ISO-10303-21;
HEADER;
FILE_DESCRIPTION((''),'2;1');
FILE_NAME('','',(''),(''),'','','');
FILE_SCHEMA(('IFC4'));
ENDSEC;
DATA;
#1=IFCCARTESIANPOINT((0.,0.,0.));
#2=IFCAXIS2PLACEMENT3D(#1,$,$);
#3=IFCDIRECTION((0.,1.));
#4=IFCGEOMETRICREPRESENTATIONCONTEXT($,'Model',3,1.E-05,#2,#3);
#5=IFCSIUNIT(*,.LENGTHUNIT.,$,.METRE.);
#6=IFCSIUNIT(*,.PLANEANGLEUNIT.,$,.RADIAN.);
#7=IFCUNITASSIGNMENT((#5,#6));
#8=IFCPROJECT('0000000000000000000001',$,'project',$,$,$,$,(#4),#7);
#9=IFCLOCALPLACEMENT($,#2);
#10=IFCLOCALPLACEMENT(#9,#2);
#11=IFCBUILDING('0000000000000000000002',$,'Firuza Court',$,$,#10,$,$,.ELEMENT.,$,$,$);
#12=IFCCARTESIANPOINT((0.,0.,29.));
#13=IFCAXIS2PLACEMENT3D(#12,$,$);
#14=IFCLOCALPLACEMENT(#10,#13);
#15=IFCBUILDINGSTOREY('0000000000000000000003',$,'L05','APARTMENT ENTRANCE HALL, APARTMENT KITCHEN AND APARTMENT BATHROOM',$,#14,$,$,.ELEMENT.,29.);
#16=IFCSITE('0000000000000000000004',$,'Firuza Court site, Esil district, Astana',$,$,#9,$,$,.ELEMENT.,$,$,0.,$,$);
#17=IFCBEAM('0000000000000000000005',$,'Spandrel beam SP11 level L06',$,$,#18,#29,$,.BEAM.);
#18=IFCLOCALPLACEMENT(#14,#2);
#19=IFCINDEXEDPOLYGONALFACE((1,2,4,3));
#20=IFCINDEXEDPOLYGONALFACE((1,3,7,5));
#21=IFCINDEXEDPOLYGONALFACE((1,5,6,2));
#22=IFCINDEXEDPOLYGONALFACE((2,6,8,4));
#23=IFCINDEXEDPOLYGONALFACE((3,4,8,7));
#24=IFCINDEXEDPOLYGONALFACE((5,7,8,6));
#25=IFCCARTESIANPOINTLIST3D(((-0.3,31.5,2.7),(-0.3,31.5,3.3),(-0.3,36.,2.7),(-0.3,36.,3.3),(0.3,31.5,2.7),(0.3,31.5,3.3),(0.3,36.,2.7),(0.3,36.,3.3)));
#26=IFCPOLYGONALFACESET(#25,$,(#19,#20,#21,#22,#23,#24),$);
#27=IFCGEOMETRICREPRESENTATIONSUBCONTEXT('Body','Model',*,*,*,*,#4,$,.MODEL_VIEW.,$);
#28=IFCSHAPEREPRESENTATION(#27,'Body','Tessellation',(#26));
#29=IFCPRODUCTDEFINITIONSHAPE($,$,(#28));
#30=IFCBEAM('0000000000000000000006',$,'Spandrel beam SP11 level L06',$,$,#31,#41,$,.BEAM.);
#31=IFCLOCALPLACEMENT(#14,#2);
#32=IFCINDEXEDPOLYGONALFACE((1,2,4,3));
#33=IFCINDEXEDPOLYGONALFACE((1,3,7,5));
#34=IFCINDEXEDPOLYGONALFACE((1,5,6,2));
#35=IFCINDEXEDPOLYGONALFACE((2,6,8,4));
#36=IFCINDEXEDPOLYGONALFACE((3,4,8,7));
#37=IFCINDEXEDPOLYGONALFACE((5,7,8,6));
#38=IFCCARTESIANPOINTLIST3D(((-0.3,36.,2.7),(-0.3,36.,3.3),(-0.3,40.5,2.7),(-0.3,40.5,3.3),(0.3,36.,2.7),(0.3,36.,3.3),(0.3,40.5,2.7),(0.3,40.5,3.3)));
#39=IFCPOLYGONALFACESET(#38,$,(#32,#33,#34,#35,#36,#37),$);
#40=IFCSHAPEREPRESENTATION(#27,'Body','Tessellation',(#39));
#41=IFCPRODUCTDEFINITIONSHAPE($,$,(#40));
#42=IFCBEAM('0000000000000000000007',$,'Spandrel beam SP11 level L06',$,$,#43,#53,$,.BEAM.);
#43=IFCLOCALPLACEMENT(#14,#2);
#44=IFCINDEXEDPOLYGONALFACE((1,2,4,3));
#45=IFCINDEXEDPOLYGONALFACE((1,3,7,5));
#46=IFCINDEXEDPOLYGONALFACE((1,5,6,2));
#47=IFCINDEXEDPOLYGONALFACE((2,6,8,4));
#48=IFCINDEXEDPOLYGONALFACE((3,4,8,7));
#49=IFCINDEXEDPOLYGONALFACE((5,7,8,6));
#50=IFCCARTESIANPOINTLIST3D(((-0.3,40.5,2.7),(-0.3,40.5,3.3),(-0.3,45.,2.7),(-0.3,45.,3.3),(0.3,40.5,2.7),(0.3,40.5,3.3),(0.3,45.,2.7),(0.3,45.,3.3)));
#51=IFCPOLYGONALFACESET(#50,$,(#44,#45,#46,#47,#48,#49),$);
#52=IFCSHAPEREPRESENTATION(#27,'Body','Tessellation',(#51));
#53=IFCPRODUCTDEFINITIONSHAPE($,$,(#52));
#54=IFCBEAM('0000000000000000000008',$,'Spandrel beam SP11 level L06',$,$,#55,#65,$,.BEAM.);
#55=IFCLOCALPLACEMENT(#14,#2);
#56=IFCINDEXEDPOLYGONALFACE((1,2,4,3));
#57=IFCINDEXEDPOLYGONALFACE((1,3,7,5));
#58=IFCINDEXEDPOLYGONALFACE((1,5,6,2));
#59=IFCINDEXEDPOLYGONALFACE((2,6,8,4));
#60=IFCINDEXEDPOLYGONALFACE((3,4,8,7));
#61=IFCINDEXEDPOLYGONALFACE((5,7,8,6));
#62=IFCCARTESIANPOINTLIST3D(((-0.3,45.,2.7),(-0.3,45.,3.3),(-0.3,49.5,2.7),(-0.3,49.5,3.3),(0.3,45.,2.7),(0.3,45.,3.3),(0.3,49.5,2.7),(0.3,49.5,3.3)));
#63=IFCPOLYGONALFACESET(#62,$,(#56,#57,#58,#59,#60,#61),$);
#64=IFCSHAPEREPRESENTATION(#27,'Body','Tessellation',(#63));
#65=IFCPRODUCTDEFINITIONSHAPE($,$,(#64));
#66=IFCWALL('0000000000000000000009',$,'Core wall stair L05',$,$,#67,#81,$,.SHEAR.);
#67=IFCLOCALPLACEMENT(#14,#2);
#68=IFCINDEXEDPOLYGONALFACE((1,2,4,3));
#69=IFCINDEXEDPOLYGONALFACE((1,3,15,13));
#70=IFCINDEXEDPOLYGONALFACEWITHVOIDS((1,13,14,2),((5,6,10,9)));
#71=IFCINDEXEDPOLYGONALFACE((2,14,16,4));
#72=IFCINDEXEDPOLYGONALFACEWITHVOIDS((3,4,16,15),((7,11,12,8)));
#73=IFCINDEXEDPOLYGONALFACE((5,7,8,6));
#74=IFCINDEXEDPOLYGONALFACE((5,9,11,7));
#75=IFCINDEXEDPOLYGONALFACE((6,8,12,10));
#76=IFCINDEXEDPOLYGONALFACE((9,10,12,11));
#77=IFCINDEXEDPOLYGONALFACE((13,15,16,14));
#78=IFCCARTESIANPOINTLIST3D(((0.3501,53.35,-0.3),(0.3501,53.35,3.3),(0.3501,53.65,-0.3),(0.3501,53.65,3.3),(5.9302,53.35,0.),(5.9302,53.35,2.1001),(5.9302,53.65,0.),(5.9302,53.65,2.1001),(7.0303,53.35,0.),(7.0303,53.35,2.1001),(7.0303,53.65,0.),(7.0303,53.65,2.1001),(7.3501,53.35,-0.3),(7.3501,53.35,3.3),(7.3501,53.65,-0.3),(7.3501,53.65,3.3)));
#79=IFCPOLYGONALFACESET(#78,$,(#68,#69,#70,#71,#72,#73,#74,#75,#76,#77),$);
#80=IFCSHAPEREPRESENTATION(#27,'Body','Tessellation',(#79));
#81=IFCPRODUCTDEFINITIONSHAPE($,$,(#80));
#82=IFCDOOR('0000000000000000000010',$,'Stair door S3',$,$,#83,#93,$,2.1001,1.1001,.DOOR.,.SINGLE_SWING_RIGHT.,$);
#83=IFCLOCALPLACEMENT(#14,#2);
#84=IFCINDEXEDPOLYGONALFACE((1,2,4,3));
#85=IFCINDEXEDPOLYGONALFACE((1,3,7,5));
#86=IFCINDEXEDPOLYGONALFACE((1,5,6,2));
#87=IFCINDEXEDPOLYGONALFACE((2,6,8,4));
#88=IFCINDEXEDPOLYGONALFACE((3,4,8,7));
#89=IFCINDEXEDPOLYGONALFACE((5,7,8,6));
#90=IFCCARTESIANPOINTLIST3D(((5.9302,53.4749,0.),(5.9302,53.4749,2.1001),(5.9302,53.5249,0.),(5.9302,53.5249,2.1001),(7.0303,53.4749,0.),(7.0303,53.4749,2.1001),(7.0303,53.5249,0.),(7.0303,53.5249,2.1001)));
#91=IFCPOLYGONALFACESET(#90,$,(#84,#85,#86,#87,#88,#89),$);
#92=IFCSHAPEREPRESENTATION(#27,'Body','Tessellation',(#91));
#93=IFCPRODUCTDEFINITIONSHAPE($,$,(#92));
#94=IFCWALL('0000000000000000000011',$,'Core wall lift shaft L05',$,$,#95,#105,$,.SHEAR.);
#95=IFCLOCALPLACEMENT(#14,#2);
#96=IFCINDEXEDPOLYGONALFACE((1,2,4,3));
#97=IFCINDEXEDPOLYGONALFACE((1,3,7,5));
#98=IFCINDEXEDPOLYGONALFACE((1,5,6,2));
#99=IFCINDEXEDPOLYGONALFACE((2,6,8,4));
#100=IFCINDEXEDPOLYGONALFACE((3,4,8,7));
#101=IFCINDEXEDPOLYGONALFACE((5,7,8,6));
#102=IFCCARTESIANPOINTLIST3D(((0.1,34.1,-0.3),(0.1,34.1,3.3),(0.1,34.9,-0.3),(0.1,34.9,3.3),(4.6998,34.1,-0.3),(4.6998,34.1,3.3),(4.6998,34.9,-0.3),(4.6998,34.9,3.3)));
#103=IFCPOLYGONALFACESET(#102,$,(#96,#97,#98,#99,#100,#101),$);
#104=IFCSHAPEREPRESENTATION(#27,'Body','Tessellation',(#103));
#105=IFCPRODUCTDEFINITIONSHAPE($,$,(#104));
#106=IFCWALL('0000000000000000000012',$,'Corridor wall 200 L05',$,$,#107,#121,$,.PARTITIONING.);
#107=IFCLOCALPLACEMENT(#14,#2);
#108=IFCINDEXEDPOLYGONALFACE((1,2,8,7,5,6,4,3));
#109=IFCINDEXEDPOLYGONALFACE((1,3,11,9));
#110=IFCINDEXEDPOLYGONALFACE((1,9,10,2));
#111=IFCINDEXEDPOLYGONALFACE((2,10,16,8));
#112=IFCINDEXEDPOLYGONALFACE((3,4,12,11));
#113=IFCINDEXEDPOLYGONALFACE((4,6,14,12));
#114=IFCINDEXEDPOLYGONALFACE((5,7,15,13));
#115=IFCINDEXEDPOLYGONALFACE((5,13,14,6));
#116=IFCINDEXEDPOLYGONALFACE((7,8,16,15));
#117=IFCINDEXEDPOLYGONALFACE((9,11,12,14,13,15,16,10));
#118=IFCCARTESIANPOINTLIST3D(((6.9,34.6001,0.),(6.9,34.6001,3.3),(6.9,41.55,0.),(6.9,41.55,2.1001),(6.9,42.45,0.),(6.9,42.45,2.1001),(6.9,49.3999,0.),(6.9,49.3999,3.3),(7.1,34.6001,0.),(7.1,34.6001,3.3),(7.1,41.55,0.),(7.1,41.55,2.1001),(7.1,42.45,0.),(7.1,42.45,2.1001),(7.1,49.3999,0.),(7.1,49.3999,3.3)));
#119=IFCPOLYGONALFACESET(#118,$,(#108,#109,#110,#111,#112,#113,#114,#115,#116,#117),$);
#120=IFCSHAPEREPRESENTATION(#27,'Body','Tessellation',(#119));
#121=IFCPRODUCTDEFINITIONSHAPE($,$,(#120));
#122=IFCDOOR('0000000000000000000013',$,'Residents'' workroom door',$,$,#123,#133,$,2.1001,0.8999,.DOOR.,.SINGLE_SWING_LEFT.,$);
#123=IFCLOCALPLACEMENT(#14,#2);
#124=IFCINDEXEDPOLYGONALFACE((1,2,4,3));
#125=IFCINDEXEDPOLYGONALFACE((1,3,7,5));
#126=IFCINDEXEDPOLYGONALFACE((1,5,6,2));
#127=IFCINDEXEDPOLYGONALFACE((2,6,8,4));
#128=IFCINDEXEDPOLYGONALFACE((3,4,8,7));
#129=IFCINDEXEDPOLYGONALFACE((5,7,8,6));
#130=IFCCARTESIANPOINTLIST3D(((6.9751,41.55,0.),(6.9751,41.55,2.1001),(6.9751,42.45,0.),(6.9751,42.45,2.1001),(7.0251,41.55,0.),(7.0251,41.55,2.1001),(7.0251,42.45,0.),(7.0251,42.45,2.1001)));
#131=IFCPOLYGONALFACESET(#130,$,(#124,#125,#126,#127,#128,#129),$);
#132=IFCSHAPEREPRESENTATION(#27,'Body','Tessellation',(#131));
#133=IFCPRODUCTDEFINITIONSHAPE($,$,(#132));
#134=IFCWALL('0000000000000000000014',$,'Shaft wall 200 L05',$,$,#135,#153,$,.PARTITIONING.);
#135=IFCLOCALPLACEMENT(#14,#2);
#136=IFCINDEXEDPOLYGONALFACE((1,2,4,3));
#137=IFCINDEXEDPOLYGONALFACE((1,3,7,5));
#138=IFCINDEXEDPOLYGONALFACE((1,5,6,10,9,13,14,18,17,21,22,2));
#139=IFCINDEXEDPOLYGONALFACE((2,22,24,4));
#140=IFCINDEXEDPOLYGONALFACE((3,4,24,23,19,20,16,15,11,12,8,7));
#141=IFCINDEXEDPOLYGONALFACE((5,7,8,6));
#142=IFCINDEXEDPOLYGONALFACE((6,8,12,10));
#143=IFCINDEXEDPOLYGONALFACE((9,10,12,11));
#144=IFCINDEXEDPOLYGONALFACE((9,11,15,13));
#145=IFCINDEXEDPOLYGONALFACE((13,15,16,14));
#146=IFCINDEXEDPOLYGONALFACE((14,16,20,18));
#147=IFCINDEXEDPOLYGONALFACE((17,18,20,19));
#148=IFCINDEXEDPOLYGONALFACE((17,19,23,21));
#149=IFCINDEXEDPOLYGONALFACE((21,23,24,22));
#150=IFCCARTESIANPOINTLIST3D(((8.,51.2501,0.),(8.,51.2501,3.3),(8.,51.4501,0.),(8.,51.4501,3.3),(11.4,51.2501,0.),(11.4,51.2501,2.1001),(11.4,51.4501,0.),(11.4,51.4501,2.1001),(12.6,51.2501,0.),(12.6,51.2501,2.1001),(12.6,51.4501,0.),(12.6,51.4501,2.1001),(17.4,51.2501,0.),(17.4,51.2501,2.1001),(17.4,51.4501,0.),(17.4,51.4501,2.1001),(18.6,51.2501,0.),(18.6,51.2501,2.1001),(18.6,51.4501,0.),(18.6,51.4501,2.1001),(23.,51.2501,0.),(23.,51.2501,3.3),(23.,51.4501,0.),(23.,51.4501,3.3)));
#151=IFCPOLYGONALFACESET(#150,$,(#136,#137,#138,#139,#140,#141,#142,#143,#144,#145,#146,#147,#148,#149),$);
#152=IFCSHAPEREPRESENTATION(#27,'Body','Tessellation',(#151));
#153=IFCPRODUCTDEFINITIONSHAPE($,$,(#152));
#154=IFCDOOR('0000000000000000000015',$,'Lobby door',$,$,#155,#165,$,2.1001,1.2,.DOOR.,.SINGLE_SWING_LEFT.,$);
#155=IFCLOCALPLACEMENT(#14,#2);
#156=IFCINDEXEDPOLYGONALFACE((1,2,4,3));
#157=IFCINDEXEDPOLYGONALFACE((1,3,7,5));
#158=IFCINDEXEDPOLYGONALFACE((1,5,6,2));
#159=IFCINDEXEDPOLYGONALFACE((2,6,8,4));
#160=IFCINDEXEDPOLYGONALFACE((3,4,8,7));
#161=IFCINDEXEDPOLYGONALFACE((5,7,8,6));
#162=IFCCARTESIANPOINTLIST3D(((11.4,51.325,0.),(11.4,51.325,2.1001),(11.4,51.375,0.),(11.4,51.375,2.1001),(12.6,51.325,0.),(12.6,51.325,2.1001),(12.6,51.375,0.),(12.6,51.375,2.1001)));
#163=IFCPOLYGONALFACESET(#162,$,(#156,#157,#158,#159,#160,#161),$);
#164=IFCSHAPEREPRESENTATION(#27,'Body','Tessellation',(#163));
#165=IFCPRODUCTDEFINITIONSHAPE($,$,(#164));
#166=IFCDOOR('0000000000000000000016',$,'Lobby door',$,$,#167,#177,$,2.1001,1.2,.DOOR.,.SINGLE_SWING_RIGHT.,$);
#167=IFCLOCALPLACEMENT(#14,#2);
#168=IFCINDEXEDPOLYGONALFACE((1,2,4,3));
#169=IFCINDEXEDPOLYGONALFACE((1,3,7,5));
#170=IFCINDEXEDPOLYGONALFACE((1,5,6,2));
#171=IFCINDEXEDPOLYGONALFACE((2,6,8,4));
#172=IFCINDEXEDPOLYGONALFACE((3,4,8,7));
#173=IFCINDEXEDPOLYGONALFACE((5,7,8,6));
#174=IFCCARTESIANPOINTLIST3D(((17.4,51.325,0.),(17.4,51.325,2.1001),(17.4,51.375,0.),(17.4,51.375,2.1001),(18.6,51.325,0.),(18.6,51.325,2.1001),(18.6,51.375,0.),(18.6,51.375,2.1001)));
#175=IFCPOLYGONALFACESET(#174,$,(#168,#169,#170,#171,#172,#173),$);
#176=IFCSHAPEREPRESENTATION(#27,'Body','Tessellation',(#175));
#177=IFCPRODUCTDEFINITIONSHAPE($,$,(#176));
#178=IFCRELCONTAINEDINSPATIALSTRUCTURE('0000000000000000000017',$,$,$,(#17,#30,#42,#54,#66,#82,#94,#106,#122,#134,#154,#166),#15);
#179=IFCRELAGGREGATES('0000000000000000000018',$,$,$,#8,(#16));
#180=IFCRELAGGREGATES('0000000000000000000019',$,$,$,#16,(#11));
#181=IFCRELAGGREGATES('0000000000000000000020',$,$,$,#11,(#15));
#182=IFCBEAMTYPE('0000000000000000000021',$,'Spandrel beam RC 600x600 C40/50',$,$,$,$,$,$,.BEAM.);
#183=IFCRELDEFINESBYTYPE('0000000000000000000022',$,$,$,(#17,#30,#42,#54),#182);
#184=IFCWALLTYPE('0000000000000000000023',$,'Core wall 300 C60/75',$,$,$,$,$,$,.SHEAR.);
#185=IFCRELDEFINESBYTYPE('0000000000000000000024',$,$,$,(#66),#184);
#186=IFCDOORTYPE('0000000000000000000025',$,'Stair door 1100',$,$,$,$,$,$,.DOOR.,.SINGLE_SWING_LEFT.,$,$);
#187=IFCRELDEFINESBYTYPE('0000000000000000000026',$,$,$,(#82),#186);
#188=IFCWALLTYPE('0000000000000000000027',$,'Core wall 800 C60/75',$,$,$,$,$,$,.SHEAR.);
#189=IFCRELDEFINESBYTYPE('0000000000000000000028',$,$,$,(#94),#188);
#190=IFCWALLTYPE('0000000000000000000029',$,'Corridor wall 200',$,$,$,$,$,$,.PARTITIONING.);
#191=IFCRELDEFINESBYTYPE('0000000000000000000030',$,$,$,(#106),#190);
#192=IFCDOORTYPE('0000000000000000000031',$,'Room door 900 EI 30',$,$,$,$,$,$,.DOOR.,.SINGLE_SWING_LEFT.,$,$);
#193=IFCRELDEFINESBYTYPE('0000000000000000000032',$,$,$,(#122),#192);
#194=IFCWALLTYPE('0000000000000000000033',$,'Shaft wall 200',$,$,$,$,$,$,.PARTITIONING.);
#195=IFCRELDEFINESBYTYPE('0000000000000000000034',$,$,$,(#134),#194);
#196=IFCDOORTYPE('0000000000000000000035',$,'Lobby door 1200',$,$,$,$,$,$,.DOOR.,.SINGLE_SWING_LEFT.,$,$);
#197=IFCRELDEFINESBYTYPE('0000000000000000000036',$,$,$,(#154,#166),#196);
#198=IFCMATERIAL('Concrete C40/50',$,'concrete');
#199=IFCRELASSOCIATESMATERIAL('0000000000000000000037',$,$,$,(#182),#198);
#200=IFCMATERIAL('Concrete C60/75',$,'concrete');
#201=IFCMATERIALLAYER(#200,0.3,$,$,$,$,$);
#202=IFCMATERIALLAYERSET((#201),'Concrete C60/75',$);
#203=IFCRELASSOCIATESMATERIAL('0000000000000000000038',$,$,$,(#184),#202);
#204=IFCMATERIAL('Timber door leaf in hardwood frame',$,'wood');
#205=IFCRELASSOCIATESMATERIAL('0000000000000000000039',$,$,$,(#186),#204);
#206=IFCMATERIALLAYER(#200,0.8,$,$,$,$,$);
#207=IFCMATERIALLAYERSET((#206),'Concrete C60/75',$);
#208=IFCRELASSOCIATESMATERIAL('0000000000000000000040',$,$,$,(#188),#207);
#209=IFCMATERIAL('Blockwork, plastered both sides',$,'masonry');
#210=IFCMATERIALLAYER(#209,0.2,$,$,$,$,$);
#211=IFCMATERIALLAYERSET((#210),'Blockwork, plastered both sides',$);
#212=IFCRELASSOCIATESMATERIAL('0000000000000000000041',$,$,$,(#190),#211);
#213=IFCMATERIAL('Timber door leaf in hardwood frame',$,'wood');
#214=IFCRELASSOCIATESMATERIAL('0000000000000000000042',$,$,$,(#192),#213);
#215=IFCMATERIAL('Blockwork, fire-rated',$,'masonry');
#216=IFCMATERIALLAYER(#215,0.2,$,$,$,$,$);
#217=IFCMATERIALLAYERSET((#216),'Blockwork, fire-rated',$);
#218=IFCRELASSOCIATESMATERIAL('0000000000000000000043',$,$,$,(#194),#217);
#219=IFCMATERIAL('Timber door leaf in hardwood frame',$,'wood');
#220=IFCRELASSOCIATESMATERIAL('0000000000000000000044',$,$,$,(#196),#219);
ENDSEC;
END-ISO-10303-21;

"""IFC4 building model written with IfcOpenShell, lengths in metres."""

from ifc_helpers import new_model, si_unit, direction, frame, frame_2d, origin, origin_2d, place, context, subcontext, project, spatial, rectangle, extrude, material, layer, layer_set, material_profile, profile_set, type_object, element, fill, save


model = new_model("IFC4")

# Units and contexts
model_context = context("Model", 3, precision=1e-05, world=origin(), true_north=direction((0.0, 1.0)))
body_context = subcontext(model_context, "Body", "Model", "MODEL_VIEW")
ifc_project = project(units=[si_unit("LENGTHUNIT", "METRE"), si_unit("PLANEANGLEUNIT", "RADIAN")], contexts=[model_context])

# Site, building, storey
site_placement = place(None, origin())
site = spatial("IfcSite", under=ifc_project, at=site_placement, Name="Firuza Court site, Esil district, Astana", CompositionType="ELEMENT", RefElevation=0.0)
building_placement = place(site_placement, origin())
building = spatial("IfcBuilding", under=site, at=building_placement, Name="Firuza Court", CompositionType="ELEMENT")
storey_placement = place(building_placement, frame((0.0, 0.0, 29.0)))
storey = spatial("IfcBuildingStorey", under=building, at=storey_placement, Name="L05", Description="APARTMENT ENTRANCE HALL, APARTMENT KITCHEN AND APARTMENT BATHROOM", CompositionType="ELEMENT", Elevation=29.0)

# Beams
ifc_material_1 = material(Name="Concrete C40/50", Category="concrete")
ifc_material_profile_1 = material_profile(ifc_material_1, rectangle(XDim=0.6001, YDim=0.6001, at=origin_2d()), Name="RC 600x600")
ifc_profile_set_1 = profile_set([ifc_material_profile_1], Name="Concrete C40/50")
beam_type_1 = type_object("IfcBeamType", Name="Spandrel beam RC 600x600 C40/50", PredefinedType="BEAM", material=ifc_profile_set_1)
for number, where, z_axis, x_axis, name in (
    (1, (0.0, 36.0, 3.0), (0.0, -1.0, 0.0), (1.0, 0.0, 0.0), "Spandrel beam SP11 level L06"),
    (2, (0.0, 40.5, 3.0), (0.0, -1.0, 0.0), (1.0, 0.0, 0.0), "Spandrel beam SP11 level L06"),
    (3, (0.0, 45.0, 3.0), (0.0, -1.0, 0.0), (1.0, 0.0, 0.0), "Spandrel beam SP11 level L06"),
    (4, (0.0, 49.5, 3.0), (0.0, -1.0, 0.0), (1.0, 0.0, 0.0), "Spandrel beam SP11 level L06"),
):
    element("IfcBeam", number, at=place(storey_placement, frame(where, z_axis=z_axis, x_axis=x_axis)), inside=storey, type_object=beam_type_1, Name=name, PredefinedType="BEAM", context=body_context, shape_type="SweptSolid", body=[
        extrude(rectangle(XDim=0.6001, YDim=0.6001, at=origin_2d()), origin(), (0.0, 0.0, 1.0), 4.5),
    ])

# Wall, opening, door
ifc_material_2 = material(Name="Concrete C60/75", Category="concrete")
ifc_layer_1 = layer(ifc_material_2, 0.3)
ifc_layer_set_1 = layer_set([ifc_layer_1], Name="Concrete C60/75")
wall_type_1 = type_object("IfcWallType", Name="Core wall 300 C60/75", PredefinedType="SHEAR", material=ifc_layer_set_1)
wall_1_placement = place(storey_placement, frame((0.3501, 53.5, -0.3), z_axis=(0.0, 0.0, 1.0), x_axis=(1.0, 0.0, 0.0)))
wall_1 = element("IfcWall", 5, at=wall_1_placement, inside=storey, type_object=wall_type_1, Name="Core wall stair L05", PredefinedType="SHEAR", context=body_context, shape_type="SweptSolid", body=[
    extrude(rectangle(XDim=7.0, YDim=0.3, at=frame_2d((3.5, 0.0))), origin(), (0.0, 0.0, 1.0), 3.6001),
])
opening_1_placement = place(wall_1_placement, frame((5.5801, 0.0, 0.3)))
opening_1 = element("IfcOpeningElement", 6, at=opening_1_placement, cuts=wall_1, PredefinedType="OPENING", context=body_context, shape_type="SweptSolid", body=[
    extrude(rectangle(XDim=1.1001, YDim=2.1001, at=frame_2d((0.55, 1.05))), frame((0.0, 0.1621, 0.0), z_axis=(0.0, -1.0, 0.0), x_axis=(1.0, 0.0, 0.0)), (0.0, 0.0, 1.0), 0.324),
])
ifc_material_3 = material(Name="Timber door leaf in hardwood frame", Category="wood")
door_type_1 = type_object("IfcDoorType", Name="Stair door 1100", OperationType="SINGLE_SWING_LEFT", PredefinedType="DOOR", material=ifc_material_3)
door_1_placement = place(opening_1_placement, origin())
door_1 = element("IfcDoor", 7, at=door_1_placement, inside=storey, type_object=door_type_1, Name="Stair door S3", OperationType="SINGLE_SWING_RIGHT", OverallHeight=2.1001, OverallWidth=1.1001, PredefinedType="DOOR", context=body_context, shape_type="SweptSolid", body=[
    extrude(rectangle(XDim=1.1001, YDim=2.1001, at=frame_2d((0.55, 1.05))), frame((0.0, 0.0249, 0.0), z_axis=(0.0, -1.0, 0.0), x_axis=(1.0, 0.0, 0.0)), (0.0, 0.0, 1.0), 0.05),
])
fill(opening_1, door_1)

# Wall
ifc_layer_2 = layer(ifc_material_2, 0.8)
ifc_layer_set_2 = layer_set([ifc_layer_2], Name="Concrete C60/75")
wall_type_2 = type_object("IfcWallType", Name="Core wall 800 C60/75", PredefinedType="SHEAR", material=ifc_layer_set_2)
wall_2_placement = place(storey_placement, frame((0.1001, 34.5, -0.3), z_axis=(0.0, 0.0, 1.0), x_axis=(1.0, 0.0, 0.0)))
element("IfcWall", 8, at=wall_2_placement, inside=storey, type_object=wall_type_2, Name="Core wall lift shaft L05", PredefinedType="SHEAR", context=body_context, shape_type="SweptSolid", body=[
    extrude(rectangle(XDim=4.5999, YDim=0.8, at=frame_2d((2.2998, 0.0))), origin(), (0.0, 0.0, 1.0), 3.6001),
])

# Wall, opening, door
ifc_material_4 = material(Name="Blockwork, plastered both sides", Category="masonry")
ifc_layer_3 = layer(ifc_material_4, 0.2)
ifc_layer_set_3 = layer_set([ifc_layer_3], Name="Blockwork, plastered both sides")
wall_type_3 = type_object("IfcWallType", Name="Corridor wall 200", PredefinedType="PARTITIONING", material=ifc_layer_set_3)
wall_3_placement = place(storey_placement, frame((7.0, 34.6001, 0.0), z_axis=(0.0, 0.0, 1.0), x_axis=(0.0, 1.0, 0.0)))
wall_3 = element("IfcWall", 9, at=wall_3_placement, inside=storey, type_object=wall_type_3, Name="Corridor wall 200 L05", PredefinedType="PARTITIONING", context=body_context, shape_type="SweptSolid", body=[
    extrude(rectangle(XDim=14.7998, YDim=0.2, at=frame_2d((7.3999, 0.0))), origin(), (0.0, 0.0, 1.0), 3.3),
])
opening_2_placement = place(wall_3_placement, frame((6.95, 0.0, 0.0)))
opening_2 = element("IfcOpeningElement", 10, at=opening_2_placement, cuts=wall_3, PredefinedType="OPENING", context=body_context, shape_type="SweptSolid", body=[
    extrude(rectangle(XDim=0.8999, YDim=2.1001, at=frame_2d((0.45, 1.05))), frame((0.0, 0.1118, 0.0), z_axis=(0.0, -1.0, 0.0), x_axis=(1.0, 0.0, 0.0)), (0.0, 0.0, 1.0), 0.2239),
])
ifc_material_5 = material(Name="Timber door leaf in hardwood frame", Category="wood")
door_type_2 = type_object("IfcDoorType", Name="Room door 900 EI 30", OperationType="SINGLE_SWING_LEFT", PredefinedType="DOOR", material=ifc_material_5)
door_2_placement = place(opening_2_placement, origin())
door_2 = element("IfcDoor", 11, at=door_2_placement, inside=storey, type_object=door_type_2, Name="Residents' workroom door", OperationType="SINGLE_SWING_LEFT", OverallHeight=2.1001, OverallWidth=0.8999, PredefinedType="DOOR", context=body_context, shape_type="SweptSolid", body=[
    extrude(rectangle(XDim=0.8999, YDim=2.1001, at=frame_2d((0.45, 1.05))), frame((0.0, 0.0249, 0.0), z_axis=(0.0, -1.0, 0.0), x_axis=(1.0, 0.0, 0.0)), (0.0, 0.0, 1.0), 0.05),
])
fill(opening_2, door_2)

# Wall, openings, doors
ifc_material_6 = material(Name="Blockwork, fire-rated", Category="masonry")
ifc_layer_4 = layer(ifc_material_6, 0.2)
ifc_layer_set_4 = layer_set([ifc_layer_4], Name="Blockwork, fire-rated")
wall_type_4 = type_object("IfcWallType", Name="Shaft wall 200", PredefinedType="PARTITIONING", material=ifc_layer_set_4)
wall_4_placement = place(storey_placement, frame((8.0, 51.3501, 0.0), z_axis=(0.0, 0.0, 1.0), x_axis=(1.0, 0.0, 0.0)))
wall_4 = element("IfcWall", 12, at=wall_4_placement, inside=storey, type_object=wall_type_4, Name="Shaft wall 200 L05", PredefinedType="PARTITIONING", context=body_context, shape_type="SweptSolid", body=[
    extrude(rectangle(XDim=15.0, YDim=0.2, at=frame_2d((7.5, 0.0))), origin(), (0.0, 0.0, 1.0), 3.3),
])
opening_3_placement = place(wall_4_placement, frame((3.3999, 0.0, 0.0)))
opening_3 = element("IfcOpeningElement", 13, at=opening_3_placement, cuts=wall_4, PredefinedType="OPENING", context=body_context, shape_type="SweptSolid", body=[
    extrude(rectangle(XDim=1.2, YDim=2.1001, at=frame_2d((0.6001, 1.05))), frame((0.0, 0.1118, 0.0), z_axis=(0.0, -1.0, 0.0), x_axis=(1.0, 0.0, 0.0)), (0.0, 0.0, 1.0), 0.2239),
])
opening_4_placement = place(wall_4_placement, frame((9.3999, 0.0, 0.0)))
opening_4 = element("IfcOpeningElement", 14, at=opening_4_placement, cuts=wall_4, PredefinedType="OPENING", context=body_context, shape_type="SweptSolid", body=[
    extrude(rectangle(XDim=1.2, YDim=2.1001, at=frame_2d((0.6001, 1.05))), frame((0.0, 0.1118, 0.0), z_axis=(0.0, -1.0, 0.0), x_axis=(1.0, 0.0, 0.0)), (0.0, 0.0, 1.0), 0.2239),
])
ifc_material_7 = material(Name="Timber door leaf in hardwood frame", Category="wood")
door_type_3 = type_object("IfcDoorType", Name="Lobby door 1200", OperationType="SINGLE_SWING_LEFT", PredefinedType="DOOR", material=ifc_material_7)
door_3_placement = place(opening_3_placement, origin())
door_3 = element("IfcDoor", 15, at=door_3_placement, inside=storey, type_object=door_type_3, Name="Lobby door", OperationType="SINGLE_SWING_LEFT", OverallHeight=2.1001, OverallWidth=1.2, PredefinedType="DOOR", context=body_context, shape_type="SweptSolid", body=[
    extrude(rectangle(XDim=1.2, YDim=2.1001, at=frame_2d((0.6001, 1.05))), frame((0.0, 0.0249, 0.0), z_axis=(0.0, -1.0, 0.0), x_axis=(1.0, 0.0, 0.0)), (0.0, 0.0, 1.0), 0.05),
])
fill(opening_3, door_3)
door_4_placement = place(opening_4_placement, origin())
door_4 = element("IfcDoor", 16, at=door_4_placement, inside=storey, type_object=door_type_3, Name="Lobby door", OperationType="SINGLE_SWING_RIGHT", OverallHeight=2.1001, OverallWidth=1.2, PredefinedType="DOOR", context=body_context, shape_type="SweptSolid", body=[
    extrude(rectangle(XDim=1.2, YDim=2.1001, at=frame_2d((0.6001, 1.05))), frame((0.0, 0.0249, 0.0), z_axis=(0.0, -1.0, 0.0), x_axis=(1.0, 0.0, 0.0)), (0.0, 0.0, 1.0), 0.05),
])
fill(opening_4, door_4)

save(model, "model.ifc")
